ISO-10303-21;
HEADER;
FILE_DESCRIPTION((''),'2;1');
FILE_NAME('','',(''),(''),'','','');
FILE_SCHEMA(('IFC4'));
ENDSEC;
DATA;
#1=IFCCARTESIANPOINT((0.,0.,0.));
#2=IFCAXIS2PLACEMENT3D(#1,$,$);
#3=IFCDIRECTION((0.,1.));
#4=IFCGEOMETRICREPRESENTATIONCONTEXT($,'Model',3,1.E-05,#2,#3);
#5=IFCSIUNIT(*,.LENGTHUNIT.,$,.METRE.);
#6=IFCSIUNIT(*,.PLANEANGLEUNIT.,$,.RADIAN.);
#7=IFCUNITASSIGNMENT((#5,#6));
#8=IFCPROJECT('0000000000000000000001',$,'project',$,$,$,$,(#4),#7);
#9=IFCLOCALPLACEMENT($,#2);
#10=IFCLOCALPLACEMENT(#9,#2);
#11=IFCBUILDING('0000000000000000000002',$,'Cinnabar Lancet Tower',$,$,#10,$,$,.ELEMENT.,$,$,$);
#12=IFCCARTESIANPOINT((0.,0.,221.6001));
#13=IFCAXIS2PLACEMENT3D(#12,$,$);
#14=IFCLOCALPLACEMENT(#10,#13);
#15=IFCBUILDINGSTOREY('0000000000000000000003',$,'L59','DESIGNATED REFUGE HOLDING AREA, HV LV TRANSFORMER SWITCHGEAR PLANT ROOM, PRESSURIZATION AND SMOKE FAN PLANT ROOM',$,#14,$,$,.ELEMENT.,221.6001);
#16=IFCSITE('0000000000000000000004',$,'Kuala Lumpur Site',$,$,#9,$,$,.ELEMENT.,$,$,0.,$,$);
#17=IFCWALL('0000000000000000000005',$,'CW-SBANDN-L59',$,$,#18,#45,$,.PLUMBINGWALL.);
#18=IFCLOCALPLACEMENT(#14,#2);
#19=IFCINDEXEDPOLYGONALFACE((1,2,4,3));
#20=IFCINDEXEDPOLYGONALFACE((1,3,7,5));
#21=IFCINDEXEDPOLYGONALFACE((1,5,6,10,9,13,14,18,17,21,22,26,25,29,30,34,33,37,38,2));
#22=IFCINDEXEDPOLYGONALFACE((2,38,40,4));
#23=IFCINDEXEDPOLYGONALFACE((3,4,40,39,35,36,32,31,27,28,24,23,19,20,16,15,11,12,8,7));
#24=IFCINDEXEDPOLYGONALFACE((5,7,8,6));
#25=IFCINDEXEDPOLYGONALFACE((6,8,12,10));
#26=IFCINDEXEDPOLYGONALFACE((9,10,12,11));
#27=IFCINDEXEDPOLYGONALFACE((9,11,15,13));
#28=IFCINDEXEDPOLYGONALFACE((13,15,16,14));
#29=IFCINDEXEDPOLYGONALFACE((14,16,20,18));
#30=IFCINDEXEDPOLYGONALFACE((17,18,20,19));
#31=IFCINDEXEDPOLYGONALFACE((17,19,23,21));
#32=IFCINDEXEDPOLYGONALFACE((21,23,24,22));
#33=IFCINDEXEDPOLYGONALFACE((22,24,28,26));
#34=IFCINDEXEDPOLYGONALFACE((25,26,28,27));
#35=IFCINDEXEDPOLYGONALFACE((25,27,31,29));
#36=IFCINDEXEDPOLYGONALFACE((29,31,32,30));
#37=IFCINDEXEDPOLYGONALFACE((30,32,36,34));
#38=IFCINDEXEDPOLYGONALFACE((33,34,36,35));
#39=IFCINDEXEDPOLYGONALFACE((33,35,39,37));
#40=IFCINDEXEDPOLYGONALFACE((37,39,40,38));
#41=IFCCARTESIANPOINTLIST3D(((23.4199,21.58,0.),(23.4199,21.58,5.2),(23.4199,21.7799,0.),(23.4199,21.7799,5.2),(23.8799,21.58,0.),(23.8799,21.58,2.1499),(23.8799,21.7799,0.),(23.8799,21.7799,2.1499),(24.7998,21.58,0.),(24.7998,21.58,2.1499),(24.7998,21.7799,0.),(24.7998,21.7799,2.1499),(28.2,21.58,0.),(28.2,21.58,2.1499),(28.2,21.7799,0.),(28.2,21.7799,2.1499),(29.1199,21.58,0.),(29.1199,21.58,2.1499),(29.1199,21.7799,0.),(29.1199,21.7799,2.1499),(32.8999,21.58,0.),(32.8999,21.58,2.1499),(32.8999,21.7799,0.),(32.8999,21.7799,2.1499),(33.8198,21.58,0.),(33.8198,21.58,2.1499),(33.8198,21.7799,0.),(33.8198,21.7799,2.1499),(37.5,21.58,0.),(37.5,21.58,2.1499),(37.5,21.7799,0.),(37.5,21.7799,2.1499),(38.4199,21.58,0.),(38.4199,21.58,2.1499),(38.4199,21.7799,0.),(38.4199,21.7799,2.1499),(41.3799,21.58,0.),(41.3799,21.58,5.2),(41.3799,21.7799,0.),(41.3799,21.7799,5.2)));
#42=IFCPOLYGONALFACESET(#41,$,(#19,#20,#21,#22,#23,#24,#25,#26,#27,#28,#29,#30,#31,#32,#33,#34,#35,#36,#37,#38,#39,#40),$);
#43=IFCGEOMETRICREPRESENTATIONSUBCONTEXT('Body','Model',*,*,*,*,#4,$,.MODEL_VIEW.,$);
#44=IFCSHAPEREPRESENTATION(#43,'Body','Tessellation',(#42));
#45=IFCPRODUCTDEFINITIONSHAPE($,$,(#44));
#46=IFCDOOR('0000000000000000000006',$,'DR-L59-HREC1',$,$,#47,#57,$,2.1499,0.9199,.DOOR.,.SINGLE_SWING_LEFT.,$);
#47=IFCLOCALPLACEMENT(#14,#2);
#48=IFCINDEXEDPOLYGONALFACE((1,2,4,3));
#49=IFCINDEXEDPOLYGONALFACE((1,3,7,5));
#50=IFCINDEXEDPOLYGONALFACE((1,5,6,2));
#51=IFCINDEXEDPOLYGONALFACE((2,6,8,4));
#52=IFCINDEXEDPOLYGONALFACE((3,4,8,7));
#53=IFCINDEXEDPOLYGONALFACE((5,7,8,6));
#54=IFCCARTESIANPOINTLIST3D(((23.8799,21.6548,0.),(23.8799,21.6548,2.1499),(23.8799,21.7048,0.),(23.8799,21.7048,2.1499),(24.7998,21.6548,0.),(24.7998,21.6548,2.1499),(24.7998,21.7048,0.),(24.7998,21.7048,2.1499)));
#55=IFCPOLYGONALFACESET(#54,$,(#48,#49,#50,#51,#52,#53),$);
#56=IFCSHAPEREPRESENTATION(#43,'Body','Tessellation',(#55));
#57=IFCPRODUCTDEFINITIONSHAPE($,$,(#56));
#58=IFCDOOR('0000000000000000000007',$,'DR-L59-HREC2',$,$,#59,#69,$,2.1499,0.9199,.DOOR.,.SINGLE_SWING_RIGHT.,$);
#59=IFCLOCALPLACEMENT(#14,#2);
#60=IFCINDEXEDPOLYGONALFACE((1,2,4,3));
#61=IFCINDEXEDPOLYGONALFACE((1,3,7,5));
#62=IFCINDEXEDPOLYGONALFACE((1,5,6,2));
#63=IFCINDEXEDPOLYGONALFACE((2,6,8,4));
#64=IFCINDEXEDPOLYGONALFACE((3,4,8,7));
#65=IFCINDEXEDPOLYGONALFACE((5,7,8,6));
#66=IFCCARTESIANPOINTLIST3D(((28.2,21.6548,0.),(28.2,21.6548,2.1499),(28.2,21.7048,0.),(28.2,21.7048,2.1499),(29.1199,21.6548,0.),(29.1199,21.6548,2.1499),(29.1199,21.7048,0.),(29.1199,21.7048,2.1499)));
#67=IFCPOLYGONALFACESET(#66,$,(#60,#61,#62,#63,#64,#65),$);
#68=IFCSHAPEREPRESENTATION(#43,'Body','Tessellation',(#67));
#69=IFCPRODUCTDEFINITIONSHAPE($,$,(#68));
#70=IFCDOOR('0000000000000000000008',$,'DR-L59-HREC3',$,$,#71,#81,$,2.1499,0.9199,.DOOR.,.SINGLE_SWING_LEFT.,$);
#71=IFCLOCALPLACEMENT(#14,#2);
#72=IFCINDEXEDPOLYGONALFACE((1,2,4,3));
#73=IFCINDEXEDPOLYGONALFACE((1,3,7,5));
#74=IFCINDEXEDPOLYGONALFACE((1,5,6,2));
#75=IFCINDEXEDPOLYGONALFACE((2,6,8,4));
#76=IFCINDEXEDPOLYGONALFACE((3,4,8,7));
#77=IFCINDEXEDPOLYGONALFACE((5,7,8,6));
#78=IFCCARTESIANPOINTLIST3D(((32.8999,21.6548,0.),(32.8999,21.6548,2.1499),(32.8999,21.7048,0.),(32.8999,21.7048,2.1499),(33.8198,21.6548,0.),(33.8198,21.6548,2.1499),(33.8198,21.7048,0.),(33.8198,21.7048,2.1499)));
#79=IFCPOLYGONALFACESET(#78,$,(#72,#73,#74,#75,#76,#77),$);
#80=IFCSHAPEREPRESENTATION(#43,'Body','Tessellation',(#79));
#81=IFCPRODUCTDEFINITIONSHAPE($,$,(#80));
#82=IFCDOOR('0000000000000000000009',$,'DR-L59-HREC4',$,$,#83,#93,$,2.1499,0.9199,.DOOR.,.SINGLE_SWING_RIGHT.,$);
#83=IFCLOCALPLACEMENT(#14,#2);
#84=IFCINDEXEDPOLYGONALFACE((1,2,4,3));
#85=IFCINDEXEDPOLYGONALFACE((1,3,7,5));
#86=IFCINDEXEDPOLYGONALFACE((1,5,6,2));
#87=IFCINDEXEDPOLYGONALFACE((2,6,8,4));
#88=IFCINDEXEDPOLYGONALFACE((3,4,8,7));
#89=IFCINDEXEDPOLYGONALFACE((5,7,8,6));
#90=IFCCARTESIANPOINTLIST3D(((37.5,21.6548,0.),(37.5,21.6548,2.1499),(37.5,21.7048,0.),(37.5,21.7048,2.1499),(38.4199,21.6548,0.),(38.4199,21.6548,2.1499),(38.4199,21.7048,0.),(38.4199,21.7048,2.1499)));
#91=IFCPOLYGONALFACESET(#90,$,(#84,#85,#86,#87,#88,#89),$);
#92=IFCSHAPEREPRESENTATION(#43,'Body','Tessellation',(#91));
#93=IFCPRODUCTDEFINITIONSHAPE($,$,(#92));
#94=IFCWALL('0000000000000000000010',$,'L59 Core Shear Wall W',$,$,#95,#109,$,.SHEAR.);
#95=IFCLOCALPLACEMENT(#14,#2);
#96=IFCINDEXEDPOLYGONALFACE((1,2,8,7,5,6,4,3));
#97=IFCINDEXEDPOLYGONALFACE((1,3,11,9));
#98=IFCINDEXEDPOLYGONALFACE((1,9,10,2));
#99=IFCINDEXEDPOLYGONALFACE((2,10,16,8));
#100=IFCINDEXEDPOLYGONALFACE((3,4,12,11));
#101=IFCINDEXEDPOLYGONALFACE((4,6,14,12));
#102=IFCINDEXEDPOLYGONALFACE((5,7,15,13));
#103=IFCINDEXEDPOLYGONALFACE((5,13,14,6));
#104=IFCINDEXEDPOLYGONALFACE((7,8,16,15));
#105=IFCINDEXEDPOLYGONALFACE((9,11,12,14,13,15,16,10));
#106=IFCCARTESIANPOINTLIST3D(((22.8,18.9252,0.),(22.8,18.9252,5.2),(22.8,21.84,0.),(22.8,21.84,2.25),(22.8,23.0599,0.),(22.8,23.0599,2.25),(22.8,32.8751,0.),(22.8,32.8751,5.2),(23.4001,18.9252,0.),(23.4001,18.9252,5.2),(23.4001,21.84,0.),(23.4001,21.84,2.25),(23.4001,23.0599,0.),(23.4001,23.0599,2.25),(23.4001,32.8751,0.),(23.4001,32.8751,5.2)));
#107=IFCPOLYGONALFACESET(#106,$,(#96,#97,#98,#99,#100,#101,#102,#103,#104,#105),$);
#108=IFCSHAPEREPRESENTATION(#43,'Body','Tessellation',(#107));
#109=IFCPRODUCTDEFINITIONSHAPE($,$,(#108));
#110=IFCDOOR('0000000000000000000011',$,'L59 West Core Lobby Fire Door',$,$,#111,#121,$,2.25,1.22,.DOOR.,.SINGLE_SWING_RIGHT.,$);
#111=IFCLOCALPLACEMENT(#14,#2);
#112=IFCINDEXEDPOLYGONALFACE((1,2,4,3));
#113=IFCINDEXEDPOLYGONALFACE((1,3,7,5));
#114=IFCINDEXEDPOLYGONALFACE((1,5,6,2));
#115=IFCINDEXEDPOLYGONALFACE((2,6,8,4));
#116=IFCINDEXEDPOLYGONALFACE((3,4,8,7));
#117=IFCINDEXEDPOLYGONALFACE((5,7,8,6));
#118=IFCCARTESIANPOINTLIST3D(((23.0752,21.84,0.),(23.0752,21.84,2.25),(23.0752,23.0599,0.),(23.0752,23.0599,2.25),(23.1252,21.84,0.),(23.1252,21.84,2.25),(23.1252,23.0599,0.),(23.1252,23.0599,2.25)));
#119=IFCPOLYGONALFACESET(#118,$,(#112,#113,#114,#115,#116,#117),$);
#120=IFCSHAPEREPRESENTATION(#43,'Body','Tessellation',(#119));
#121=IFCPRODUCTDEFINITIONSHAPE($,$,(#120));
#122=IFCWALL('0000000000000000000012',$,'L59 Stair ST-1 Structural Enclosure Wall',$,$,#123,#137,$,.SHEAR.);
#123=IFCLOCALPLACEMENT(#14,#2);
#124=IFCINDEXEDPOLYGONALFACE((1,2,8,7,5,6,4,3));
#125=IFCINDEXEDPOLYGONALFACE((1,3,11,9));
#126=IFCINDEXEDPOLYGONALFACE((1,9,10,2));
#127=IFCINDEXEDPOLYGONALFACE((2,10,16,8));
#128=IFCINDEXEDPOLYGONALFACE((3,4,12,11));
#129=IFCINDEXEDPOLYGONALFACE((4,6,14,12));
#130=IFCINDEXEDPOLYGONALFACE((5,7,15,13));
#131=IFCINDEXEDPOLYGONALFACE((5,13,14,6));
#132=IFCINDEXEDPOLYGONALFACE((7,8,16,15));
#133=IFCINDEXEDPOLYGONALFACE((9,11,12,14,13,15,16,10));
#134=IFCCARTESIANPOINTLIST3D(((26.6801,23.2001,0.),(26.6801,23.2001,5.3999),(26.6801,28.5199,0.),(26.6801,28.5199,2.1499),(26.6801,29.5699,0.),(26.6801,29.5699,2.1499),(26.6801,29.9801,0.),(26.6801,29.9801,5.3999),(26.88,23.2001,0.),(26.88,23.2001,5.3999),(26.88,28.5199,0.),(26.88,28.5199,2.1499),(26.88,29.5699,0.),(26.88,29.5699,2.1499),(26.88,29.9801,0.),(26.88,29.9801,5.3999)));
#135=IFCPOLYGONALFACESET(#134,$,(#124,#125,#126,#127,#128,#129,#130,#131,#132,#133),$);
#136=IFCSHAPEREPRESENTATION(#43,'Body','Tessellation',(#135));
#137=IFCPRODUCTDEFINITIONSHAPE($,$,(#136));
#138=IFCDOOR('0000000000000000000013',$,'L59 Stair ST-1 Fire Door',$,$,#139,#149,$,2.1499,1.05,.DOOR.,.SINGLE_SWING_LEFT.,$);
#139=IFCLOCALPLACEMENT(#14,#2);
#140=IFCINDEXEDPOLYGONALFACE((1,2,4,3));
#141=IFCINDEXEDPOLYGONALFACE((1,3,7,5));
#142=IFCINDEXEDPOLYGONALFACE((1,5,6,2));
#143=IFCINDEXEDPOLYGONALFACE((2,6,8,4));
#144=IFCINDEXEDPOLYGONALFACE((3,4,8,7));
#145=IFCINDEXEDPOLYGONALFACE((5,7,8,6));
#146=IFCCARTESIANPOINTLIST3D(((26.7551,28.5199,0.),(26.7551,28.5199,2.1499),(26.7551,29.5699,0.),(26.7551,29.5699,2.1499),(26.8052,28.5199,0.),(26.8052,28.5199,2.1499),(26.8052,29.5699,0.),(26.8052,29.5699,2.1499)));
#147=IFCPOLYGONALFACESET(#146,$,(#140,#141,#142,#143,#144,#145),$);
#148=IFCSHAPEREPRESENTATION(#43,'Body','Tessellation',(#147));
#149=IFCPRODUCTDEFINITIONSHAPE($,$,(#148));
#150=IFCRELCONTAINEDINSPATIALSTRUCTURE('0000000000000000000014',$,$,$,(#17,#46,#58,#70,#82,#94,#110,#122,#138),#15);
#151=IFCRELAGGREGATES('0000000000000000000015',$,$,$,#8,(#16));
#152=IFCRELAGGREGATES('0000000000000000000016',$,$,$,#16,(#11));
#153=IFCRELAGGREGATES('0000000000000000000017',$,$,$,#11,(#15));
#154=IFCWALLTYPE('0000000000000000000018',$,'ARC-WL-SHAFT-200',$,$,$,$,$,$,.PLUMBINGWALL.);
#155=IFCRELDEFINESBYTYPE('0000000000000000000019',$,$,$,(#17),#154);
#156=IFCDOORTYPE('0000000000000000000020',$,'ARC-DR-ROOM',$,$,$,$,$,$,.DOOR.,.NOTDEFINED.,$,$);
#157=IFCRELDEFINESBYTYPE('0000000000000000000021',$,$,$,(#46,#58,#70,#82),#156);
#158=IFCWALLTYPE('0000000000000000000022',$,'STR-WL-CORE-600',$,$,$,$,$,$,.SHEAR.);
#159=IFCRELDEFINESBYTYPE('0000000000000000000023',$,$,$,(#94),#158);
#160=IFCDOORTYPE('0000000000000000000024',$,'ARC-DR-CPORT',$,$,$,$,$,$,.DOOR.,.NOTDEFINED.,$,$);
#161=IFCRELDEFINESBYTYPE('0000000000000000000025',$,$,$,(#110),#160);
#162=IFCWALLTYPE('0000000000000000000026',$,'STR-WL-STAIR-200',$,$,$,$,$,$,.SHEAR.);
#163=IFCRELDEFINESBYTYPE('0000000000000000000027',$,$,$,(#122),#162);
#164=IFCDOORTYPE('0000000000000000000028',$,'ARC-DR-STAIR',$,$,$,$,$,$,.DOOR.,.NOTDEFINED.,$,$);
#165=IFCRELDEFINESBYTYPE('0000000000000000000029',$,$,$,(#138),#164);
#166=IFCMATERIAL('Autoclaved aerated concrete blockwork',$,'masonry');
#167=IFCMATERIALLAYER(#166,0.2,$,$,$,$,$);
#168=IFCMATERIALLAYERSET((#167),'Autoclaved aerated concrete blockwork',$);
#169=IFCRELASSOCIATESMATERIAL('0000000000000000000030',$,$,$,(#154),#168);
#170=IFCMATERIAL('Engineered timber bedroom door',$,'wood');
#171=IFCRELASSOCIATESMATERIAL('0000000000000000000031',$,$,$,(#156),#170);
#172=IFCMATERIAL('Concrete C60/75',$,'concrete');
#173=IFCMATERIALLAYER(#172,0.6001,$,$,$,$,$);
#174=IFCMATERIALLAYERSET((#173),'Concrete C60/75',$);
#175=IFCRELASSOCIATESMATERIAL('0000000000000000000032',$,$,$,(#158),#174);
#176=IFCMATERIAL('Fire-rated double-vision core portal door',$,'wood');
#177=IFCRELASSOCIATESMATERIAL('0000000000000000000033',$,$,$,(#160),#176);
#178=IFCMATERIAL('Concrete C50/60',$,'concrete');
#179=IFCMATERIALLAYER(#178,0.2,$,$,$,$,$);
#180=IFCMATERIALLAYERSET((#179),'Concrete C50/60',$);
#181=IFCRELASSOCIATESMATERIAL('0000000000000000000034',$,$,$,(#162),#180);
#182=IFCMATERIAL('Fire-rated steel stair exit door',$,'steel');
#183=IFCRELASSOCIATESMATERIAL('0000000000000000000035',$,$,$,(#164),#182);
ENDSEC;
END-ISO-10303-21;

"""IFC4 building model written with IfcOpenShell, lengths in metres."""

from ifc_helpers import new_model, si_unit, direction, frame, frame_2d, origin, place, context, subcontext, project, spatial, rectangle, extrude, material, layer, layer_set, type_object, element, fill, save


model = new_model("IFC4")

# Units and contexts
model_context = context("Model", 3, precision=1e-05, world=origin(), true_north=direction((0.0, 1.0)))
body_context = subcontext(model_context, "Body", "Model", "MODEL_VIEW")
ifc_project = project(units=[si_unit("LENGTHUNIT", "METRE"), si_unit("PLANEANGLEUNIT", "RADIAN")], contexts=[model_context])

# Site, building, storey
site_placement = place(None, origin())
site = spatial("IfcSite", under=ifc_project, at=site_placement, Name="Kuala Lumpur Site", CompositionType="ELEMENT", RefElevation=0.0)
building_placement = place(site_placement, origin())
building = spatial("IfcBuilding", under=site, at=building_placement, Name="Cinnabar Lancet Tower", CompositionType="ELEMENT")
storey_placement = place(building_placement, frame((0.0, 0.0, 221.6001)))
storey = spatial("IfcBuildingStorey", under=building, at=storey_placement, Name="L59", Description="DESIGNATED REFUGE HOLDING AREA, HV LV TRANSFORMER SWITCHGEAR PLANT ROOM, PRESSURIZATION AND SMOKE FAN PLANT ROOM", CompositionType="ELEMENT", Elevation=221.6001)

# Shared definitions
ifc_material_1 = material(Name="Autoclaved aerated concrete blockwork", Category="masonry")
ifc_layer_1 = layer(ifc_material_1, 0.2)
ifc_layer_set_1 = layer_set([ifc_layer_1], Name="Autoclaved aerated concrete blockwork")
wall_type_1 = type_object("IfcWallType", Name="ARC-WL-SHAFT-200", PredefinedType="PLUMBINGWALL", material=ifc_layer_set_1)

# Wall, openings, doors
wall_1_placement = place(storey_placement, frame((23.4199, 21.6799, 0.0), z_axis=(0.0, 0.0, 1.0), x_axis=(1.0, 0.0, 0.0)))
wall_1 = element("IfcWall", 1, at=wall_1_placement, inside=storey, type_object=wall_type_1, Name="CW-SBANDN-L59", PredefinedType="PLUMBINGWALL", context=body_context, shape_type="SweptSolid", body=[
    extrude(rectangle(XDim=17.96, YDim=0.2, at=frame_2d((8.98, 0.0))), origin(), (0.0, 0.0, 1.0), 5.2),
])
opening_1_placement = place(wall_1_placement, frame((0.46, 0.0, 0.0)))
opening_1 = element("IfcOpeningElement", 2, at=opening_1_placement, cuts=wall_1, PredefinedType="OPENING", context=body_context, shape_type="SweptSolid", body=[
    extrude(rectangle(XDim=0.9199, YDim=2.1499, at=frame_2d((0.46, 1.075))), frame((0.0, 0.1099, 0.0), z_axis=(0.0, -1.0, 0.0), x_axis=(1.0, 0.0, 0.0)), (0.0, 0.0, 1.0), 0.22),
])
opening_2_placement = place(wall_1_placement, frame((4.78, 0.0, 0.0)))
opening_2 = element("IfcOpeningElement", 3, at=opening_2_placement, cuts=wall_1, PredefinedType="OPENING", context=body_context, shape_type="SweptSolid", body=[
    extrude(rectangle(XDim=0.9199, YDim=2.1499, at=frame_2d((0.46, 1.075))), frame((0.0, 0.1099, 0.0), z_axis=(0.0, -1.0, 0.0), x_axis=(1.0, 0.0, 0.0)), (0.0, 0.0, 1.0), 0.22),
])
opening_3_placement = place(wall_1_placement, frame((9.48, 0.0, 0.0)))
opening_3 = element("IfcOpeningElement", 4, at=opening_3_placement, cuts=wall_1, PredefinedType="OPENING", context=body_context, shape_type="SweptSolid", body=[
    extrude(rectangle(XDim=0.9199, YDim=2.1499, at=frame_2d((0.46, 1.075))), frame((0.0, 0.1099, 0.0), z_axis=(0.0, -1.0, 0.0), x_axis=(1.0, 0.0, 0.0)), (0.0, 0.0, 1.0), 0.22),
])
opening_4_placement = place(wall_1_placement, frame((14.0801, 0.0, 0.0)))
opening_4 = element("IfcOpeningElement", 5, at=opening_4_placement, cuts=wall_1, PredefinedType="OPENING", context=body_context, shape_type="SweptSolid", body=[
    extrude(rectangle(XDim=0.9199, YDim=2.1499, at=frame_2d((0.46, 1.075))), frame((0.0, 0.1099, 0.0), z_axis=(0.0, -1.0, 0.0), x_axis=(1.0, 0.0, 0.0)), (0.0, 0.0, 1.0), 0.22),
])
ifc_material_2 = material(Name="Engineered timber bedroom door", Category="wood")
door_type_1 = type_object("IfcDoorType", Name="ARC-DR-ROOM", OperationType="NOTDEFINED", PredefinedType="DOOR", material=ifc_material_2)
door_1_placement = place(opening_1_placement, origin())
door_1 = element("IfcDoor", 6, at=door_1_placement, inside=storey, type_object=door_type_1, Name="DR-L59-HREC1", OperationType="SINGLE_SWING_LEFT", OverallHeight=2.1499, OverallWidth=0.9199, PredefinedType="DOOR", context=body_context, shape_type="SweptSolid", body=[
    extrude(rectangle(XDim=0.9199, YDim=2.1499, at=frame_2d((0.46, 1.075))), frame((0.0, 0.0249, 0.0), z_axis=(0.0, -1.0, 0.0), x_axis=(1.0, 0.0, 0.0)), (0.0, 0.0, 1.0), 0.05),
])
fill(opening_1, door_1)
door_2_placement = place(opening_2_placement, origin())
door_2 = element("IfcDoor", 7, at=door_2_placement, inside=storey, type_object=door_type_1, Name="DR-L59-HREC2", OperationType="SINGLE_SWING_RIGHT", OverallHeight=2.1499, OverallWidth=0.9199, PredefinedType="DOOR", context=body_context, shape_type="SweptSolid", body=[
    extrude(rectangle(XDim=0.9199, YDim=2.1499, at=frame_2d((0.46, 1.075))), frame((0.0, 0.0249, 0.0), z_axis=(0.0, -1.0, 0.0), x_axis=(1.0, 0.0, 0.0)), (0.0, 0.0, 1.0), 0.05),
])
fill(opening_2, door_2)
door_3_placement = place(opening_3_placement, origin())
door_3 = element("IfcDoor", 8, at=door_3_placement, inside=storey, type_object=door_type_1, Name="DR-L59-HREC3", OperationType="SINGLE_SWING_LEFT", OverallHeight=2.1499, OverallWidth=0.9199, PredefinedType="DOOR", context=body_context, shape_type="SweptSolid", body=[
    extrude(rectangle(XDim=0.9199, YDim=2.1499, at=frame_2d((0.46, 1.075))), frame((0.0, 0.0249, 0.0), z_axis=(0.0, -1.0, 0.0), x_axis=(1.0, 0.0, 0.0)), (0.0, 0.0, 1.0), 0.05),
])
fill(opening_3, door_3)
door_4_placement = place(opening_4_placement, origin())
door_4 = element("IfcDoor", 9, at=door_4_placement, inside=storey, type_object=door_type_1, Name="DR-L59-HREC4", OperationType="SINGLE_SWING_RIGHT", OverallHeight=2.1499, OverallWidth=0.9199, PredefinedType="DOOR", context=body_context, shape_type="SweptSolid", body=[
    extrude(rectangle(XDim=0.9199, YDim=2.1499, at=frame_2d((0.46, 1.075))), frame((0.0, 0.0249, 0.0), z_axis=(0.0, -1.0, 0.0), x_axis=(1.0, 0.0, 0.0)), (0.0, 0.0, 1.0), 0.05),
])
fill(opening_4, door_4)

# Walls, openings, doors
ifc_material_3 = material(Name="Concrete C60/75", Category="concrete")
ifc_layer_2 = layer(ifc_material_3, 0.6001)
ifc_layer_set_2 = layer_set([ifc_layer_2], Name="Concrete C60/75")
wall_type_2 = type_object("IfcWallType", Name="STR-WL-CORE-600", PredefinedType="SHEAR", material=ifc_layer_set_2)
wall_2_placement = place(storey_placement, frame((23.1001, 18.925, 0.0), z_axis=(0.0, 0.0, 1.0), x_axis=(0.0, 1.0, 0.0)))
wall_2 = element("IfcWall", 10, at=wall_2_placement, inside=storey, type_object=wall_type_2, Name="L59 Core Shear Wall W", PredefinedType="SHEAR", context=body_context, shape_type="SweptSolid", body=[
    extrude(rectangle(XDim=13.95, YDim=0.6001, at=frame_2d((6.9751, 0.0))), origin(), (0.0, 0.0, 1.0), 5.2),
])
opening_5_placement = place(wall_2_placement, frame((2.915, 0.0, 0.0)))
opening_5 = element("IfcOpeningElement", 11, at=opening_5_placement, cuts=wall_2, PredefinedType="OPENING", context=body_context, shape_type="SweptSolid", body=[
    extrude(rectangle(XDim=1.22, YDim=2.25, at=frame_2d((0.6099, 1.125))), frame((0.0, 0.3101, 0.0), z_axis=(0.0, -1.0, 0.0), x_axis=(1.0, 0.0, 0.0)), (0.0, 0.0, 1.0), 0.6201),
])
ifc_material_4 = material(Name="Fire-rated double-vision core portal door", Category="wood")
door_type_2 = type_object("IfcDoorType", Name="ARC-DR-CPORT", OperationType="NOTDEFINED", PredefinedType="DOOR", material=ifc_material_4)
door_5_placement = place(opening_5_placement, origin())
door_5 = element("IfcDoor", 12, at=door_5_placement, inside=storey, type_object=door_type_2, Name="L59 West Core Lobby Fire Door", OperationType="SINGLE_SWING_RIGHT", OverallHeight=2.25, OverallWidth=1.22, PredefinedType="DOOR", context=body_context, shape_type="SweptSolid", body=[
    extrude(rectangle(XDim=1.22, YDim=2.25, at=frame_2d((0.6099, 1.125))), frame((0.0, 0.0249, 0.0), z_axis=(0.0, -1.0, 0.0), x_axis=(1.0, 0.0, 0.0)), (0.0, 0.0, 1.0), 0.05),
])
fill(opening_5, door_5)
ifc_material_5 = material(Name="Concrete C50/60", Category="concrete")
ifc_layer_3 = layer(ifc_material_5, 0.2)
ifc_layer_set_3 = layer_set([ifc_layer_3], Name="Concrete C50/60")
wall_type_3 = type_object("IfcWallType", Name="STR-WL-STAIR-200", PredefinedType="SHEAR", material=ifc_layer_set_3)
wall_3_placement = place(storey_placement, frame((26.78, 23.2, 0.0), z_axis=(0.0, 0.0, 1.0), x_axis=(0.0, 1.0, 0.0)))
wall_3 = element("IfcWall", 13, at=wall_3_placement, inside=storey, type_object=wall_type_3, Name="L59 Stair ST-1 Structural Enclosure Wall", PredefinedType="SHEAR", context=body_context, shape_type="SweptSolid", body=[
    extrude(rectangle(XDim=6.78, YDim=0.2, at=frame_2d((3.3901, 0.0))), origin(), (0.0, 0.0, 1.0), 5.3999),
])
opening_6_placement = place(wall_3_placement, frame((5.3201, 0.0, 0.0)))
opening_6 = element("IfcOpeningElement", 14, at=opening_6_placement, cuts=wall_3, PredefinedType="OPENING", context=body_context, shape_type="SweptSolid", body=[
    extrude(rectangle(XDim=1.05, YDim=2.1499, at=frame_2d((0.5249, 1.075))), frame((0.0, 0.1099, 0.0), z_axis=(0.0, -1.0, 0.0), x_axis=(1.0, 0.0, 0.0)), (0.0, 0.0, 1.0), 0.22),
])
ifc_material_6 = material(Name="Fire-rated steel stair exit door", Category="steel")
door_type_3 = type_object("IfcDoorType", Name="ARC-DR-STAIR", OperationType="NOTDEFINED", PredefinedType="DOOR", material=ifc_material_6)
door_6_placement = place(opening_6_placement, origin())
door_6 = element("IfcDoor", 15, at=door_6_placement, inside=storey, type_object=door_type_3, Name="L59 Stair ST-1 Fire Door", OperationType="SINGLE_SWING_LEFT", OverallHeight=2.1499, OverallWidth=1.05, PredefinedType="DOOR", context=body_context, shape_type="SweptSolid", body=[
    extrude(rectangle(XDim=1.05, YDim=2.1499, at=frame_2d((0.5249, 1.075))), frame((0.0, 0.0249, 0.0), z_axis=(0.0, -1.0, 0.0), x_axis=(1.0, 0.0, 0.0)), (0.0, 0.0, 1.0), 0.05),
])
fill(opening_6, door_6)

save(model, "model.ifc")
